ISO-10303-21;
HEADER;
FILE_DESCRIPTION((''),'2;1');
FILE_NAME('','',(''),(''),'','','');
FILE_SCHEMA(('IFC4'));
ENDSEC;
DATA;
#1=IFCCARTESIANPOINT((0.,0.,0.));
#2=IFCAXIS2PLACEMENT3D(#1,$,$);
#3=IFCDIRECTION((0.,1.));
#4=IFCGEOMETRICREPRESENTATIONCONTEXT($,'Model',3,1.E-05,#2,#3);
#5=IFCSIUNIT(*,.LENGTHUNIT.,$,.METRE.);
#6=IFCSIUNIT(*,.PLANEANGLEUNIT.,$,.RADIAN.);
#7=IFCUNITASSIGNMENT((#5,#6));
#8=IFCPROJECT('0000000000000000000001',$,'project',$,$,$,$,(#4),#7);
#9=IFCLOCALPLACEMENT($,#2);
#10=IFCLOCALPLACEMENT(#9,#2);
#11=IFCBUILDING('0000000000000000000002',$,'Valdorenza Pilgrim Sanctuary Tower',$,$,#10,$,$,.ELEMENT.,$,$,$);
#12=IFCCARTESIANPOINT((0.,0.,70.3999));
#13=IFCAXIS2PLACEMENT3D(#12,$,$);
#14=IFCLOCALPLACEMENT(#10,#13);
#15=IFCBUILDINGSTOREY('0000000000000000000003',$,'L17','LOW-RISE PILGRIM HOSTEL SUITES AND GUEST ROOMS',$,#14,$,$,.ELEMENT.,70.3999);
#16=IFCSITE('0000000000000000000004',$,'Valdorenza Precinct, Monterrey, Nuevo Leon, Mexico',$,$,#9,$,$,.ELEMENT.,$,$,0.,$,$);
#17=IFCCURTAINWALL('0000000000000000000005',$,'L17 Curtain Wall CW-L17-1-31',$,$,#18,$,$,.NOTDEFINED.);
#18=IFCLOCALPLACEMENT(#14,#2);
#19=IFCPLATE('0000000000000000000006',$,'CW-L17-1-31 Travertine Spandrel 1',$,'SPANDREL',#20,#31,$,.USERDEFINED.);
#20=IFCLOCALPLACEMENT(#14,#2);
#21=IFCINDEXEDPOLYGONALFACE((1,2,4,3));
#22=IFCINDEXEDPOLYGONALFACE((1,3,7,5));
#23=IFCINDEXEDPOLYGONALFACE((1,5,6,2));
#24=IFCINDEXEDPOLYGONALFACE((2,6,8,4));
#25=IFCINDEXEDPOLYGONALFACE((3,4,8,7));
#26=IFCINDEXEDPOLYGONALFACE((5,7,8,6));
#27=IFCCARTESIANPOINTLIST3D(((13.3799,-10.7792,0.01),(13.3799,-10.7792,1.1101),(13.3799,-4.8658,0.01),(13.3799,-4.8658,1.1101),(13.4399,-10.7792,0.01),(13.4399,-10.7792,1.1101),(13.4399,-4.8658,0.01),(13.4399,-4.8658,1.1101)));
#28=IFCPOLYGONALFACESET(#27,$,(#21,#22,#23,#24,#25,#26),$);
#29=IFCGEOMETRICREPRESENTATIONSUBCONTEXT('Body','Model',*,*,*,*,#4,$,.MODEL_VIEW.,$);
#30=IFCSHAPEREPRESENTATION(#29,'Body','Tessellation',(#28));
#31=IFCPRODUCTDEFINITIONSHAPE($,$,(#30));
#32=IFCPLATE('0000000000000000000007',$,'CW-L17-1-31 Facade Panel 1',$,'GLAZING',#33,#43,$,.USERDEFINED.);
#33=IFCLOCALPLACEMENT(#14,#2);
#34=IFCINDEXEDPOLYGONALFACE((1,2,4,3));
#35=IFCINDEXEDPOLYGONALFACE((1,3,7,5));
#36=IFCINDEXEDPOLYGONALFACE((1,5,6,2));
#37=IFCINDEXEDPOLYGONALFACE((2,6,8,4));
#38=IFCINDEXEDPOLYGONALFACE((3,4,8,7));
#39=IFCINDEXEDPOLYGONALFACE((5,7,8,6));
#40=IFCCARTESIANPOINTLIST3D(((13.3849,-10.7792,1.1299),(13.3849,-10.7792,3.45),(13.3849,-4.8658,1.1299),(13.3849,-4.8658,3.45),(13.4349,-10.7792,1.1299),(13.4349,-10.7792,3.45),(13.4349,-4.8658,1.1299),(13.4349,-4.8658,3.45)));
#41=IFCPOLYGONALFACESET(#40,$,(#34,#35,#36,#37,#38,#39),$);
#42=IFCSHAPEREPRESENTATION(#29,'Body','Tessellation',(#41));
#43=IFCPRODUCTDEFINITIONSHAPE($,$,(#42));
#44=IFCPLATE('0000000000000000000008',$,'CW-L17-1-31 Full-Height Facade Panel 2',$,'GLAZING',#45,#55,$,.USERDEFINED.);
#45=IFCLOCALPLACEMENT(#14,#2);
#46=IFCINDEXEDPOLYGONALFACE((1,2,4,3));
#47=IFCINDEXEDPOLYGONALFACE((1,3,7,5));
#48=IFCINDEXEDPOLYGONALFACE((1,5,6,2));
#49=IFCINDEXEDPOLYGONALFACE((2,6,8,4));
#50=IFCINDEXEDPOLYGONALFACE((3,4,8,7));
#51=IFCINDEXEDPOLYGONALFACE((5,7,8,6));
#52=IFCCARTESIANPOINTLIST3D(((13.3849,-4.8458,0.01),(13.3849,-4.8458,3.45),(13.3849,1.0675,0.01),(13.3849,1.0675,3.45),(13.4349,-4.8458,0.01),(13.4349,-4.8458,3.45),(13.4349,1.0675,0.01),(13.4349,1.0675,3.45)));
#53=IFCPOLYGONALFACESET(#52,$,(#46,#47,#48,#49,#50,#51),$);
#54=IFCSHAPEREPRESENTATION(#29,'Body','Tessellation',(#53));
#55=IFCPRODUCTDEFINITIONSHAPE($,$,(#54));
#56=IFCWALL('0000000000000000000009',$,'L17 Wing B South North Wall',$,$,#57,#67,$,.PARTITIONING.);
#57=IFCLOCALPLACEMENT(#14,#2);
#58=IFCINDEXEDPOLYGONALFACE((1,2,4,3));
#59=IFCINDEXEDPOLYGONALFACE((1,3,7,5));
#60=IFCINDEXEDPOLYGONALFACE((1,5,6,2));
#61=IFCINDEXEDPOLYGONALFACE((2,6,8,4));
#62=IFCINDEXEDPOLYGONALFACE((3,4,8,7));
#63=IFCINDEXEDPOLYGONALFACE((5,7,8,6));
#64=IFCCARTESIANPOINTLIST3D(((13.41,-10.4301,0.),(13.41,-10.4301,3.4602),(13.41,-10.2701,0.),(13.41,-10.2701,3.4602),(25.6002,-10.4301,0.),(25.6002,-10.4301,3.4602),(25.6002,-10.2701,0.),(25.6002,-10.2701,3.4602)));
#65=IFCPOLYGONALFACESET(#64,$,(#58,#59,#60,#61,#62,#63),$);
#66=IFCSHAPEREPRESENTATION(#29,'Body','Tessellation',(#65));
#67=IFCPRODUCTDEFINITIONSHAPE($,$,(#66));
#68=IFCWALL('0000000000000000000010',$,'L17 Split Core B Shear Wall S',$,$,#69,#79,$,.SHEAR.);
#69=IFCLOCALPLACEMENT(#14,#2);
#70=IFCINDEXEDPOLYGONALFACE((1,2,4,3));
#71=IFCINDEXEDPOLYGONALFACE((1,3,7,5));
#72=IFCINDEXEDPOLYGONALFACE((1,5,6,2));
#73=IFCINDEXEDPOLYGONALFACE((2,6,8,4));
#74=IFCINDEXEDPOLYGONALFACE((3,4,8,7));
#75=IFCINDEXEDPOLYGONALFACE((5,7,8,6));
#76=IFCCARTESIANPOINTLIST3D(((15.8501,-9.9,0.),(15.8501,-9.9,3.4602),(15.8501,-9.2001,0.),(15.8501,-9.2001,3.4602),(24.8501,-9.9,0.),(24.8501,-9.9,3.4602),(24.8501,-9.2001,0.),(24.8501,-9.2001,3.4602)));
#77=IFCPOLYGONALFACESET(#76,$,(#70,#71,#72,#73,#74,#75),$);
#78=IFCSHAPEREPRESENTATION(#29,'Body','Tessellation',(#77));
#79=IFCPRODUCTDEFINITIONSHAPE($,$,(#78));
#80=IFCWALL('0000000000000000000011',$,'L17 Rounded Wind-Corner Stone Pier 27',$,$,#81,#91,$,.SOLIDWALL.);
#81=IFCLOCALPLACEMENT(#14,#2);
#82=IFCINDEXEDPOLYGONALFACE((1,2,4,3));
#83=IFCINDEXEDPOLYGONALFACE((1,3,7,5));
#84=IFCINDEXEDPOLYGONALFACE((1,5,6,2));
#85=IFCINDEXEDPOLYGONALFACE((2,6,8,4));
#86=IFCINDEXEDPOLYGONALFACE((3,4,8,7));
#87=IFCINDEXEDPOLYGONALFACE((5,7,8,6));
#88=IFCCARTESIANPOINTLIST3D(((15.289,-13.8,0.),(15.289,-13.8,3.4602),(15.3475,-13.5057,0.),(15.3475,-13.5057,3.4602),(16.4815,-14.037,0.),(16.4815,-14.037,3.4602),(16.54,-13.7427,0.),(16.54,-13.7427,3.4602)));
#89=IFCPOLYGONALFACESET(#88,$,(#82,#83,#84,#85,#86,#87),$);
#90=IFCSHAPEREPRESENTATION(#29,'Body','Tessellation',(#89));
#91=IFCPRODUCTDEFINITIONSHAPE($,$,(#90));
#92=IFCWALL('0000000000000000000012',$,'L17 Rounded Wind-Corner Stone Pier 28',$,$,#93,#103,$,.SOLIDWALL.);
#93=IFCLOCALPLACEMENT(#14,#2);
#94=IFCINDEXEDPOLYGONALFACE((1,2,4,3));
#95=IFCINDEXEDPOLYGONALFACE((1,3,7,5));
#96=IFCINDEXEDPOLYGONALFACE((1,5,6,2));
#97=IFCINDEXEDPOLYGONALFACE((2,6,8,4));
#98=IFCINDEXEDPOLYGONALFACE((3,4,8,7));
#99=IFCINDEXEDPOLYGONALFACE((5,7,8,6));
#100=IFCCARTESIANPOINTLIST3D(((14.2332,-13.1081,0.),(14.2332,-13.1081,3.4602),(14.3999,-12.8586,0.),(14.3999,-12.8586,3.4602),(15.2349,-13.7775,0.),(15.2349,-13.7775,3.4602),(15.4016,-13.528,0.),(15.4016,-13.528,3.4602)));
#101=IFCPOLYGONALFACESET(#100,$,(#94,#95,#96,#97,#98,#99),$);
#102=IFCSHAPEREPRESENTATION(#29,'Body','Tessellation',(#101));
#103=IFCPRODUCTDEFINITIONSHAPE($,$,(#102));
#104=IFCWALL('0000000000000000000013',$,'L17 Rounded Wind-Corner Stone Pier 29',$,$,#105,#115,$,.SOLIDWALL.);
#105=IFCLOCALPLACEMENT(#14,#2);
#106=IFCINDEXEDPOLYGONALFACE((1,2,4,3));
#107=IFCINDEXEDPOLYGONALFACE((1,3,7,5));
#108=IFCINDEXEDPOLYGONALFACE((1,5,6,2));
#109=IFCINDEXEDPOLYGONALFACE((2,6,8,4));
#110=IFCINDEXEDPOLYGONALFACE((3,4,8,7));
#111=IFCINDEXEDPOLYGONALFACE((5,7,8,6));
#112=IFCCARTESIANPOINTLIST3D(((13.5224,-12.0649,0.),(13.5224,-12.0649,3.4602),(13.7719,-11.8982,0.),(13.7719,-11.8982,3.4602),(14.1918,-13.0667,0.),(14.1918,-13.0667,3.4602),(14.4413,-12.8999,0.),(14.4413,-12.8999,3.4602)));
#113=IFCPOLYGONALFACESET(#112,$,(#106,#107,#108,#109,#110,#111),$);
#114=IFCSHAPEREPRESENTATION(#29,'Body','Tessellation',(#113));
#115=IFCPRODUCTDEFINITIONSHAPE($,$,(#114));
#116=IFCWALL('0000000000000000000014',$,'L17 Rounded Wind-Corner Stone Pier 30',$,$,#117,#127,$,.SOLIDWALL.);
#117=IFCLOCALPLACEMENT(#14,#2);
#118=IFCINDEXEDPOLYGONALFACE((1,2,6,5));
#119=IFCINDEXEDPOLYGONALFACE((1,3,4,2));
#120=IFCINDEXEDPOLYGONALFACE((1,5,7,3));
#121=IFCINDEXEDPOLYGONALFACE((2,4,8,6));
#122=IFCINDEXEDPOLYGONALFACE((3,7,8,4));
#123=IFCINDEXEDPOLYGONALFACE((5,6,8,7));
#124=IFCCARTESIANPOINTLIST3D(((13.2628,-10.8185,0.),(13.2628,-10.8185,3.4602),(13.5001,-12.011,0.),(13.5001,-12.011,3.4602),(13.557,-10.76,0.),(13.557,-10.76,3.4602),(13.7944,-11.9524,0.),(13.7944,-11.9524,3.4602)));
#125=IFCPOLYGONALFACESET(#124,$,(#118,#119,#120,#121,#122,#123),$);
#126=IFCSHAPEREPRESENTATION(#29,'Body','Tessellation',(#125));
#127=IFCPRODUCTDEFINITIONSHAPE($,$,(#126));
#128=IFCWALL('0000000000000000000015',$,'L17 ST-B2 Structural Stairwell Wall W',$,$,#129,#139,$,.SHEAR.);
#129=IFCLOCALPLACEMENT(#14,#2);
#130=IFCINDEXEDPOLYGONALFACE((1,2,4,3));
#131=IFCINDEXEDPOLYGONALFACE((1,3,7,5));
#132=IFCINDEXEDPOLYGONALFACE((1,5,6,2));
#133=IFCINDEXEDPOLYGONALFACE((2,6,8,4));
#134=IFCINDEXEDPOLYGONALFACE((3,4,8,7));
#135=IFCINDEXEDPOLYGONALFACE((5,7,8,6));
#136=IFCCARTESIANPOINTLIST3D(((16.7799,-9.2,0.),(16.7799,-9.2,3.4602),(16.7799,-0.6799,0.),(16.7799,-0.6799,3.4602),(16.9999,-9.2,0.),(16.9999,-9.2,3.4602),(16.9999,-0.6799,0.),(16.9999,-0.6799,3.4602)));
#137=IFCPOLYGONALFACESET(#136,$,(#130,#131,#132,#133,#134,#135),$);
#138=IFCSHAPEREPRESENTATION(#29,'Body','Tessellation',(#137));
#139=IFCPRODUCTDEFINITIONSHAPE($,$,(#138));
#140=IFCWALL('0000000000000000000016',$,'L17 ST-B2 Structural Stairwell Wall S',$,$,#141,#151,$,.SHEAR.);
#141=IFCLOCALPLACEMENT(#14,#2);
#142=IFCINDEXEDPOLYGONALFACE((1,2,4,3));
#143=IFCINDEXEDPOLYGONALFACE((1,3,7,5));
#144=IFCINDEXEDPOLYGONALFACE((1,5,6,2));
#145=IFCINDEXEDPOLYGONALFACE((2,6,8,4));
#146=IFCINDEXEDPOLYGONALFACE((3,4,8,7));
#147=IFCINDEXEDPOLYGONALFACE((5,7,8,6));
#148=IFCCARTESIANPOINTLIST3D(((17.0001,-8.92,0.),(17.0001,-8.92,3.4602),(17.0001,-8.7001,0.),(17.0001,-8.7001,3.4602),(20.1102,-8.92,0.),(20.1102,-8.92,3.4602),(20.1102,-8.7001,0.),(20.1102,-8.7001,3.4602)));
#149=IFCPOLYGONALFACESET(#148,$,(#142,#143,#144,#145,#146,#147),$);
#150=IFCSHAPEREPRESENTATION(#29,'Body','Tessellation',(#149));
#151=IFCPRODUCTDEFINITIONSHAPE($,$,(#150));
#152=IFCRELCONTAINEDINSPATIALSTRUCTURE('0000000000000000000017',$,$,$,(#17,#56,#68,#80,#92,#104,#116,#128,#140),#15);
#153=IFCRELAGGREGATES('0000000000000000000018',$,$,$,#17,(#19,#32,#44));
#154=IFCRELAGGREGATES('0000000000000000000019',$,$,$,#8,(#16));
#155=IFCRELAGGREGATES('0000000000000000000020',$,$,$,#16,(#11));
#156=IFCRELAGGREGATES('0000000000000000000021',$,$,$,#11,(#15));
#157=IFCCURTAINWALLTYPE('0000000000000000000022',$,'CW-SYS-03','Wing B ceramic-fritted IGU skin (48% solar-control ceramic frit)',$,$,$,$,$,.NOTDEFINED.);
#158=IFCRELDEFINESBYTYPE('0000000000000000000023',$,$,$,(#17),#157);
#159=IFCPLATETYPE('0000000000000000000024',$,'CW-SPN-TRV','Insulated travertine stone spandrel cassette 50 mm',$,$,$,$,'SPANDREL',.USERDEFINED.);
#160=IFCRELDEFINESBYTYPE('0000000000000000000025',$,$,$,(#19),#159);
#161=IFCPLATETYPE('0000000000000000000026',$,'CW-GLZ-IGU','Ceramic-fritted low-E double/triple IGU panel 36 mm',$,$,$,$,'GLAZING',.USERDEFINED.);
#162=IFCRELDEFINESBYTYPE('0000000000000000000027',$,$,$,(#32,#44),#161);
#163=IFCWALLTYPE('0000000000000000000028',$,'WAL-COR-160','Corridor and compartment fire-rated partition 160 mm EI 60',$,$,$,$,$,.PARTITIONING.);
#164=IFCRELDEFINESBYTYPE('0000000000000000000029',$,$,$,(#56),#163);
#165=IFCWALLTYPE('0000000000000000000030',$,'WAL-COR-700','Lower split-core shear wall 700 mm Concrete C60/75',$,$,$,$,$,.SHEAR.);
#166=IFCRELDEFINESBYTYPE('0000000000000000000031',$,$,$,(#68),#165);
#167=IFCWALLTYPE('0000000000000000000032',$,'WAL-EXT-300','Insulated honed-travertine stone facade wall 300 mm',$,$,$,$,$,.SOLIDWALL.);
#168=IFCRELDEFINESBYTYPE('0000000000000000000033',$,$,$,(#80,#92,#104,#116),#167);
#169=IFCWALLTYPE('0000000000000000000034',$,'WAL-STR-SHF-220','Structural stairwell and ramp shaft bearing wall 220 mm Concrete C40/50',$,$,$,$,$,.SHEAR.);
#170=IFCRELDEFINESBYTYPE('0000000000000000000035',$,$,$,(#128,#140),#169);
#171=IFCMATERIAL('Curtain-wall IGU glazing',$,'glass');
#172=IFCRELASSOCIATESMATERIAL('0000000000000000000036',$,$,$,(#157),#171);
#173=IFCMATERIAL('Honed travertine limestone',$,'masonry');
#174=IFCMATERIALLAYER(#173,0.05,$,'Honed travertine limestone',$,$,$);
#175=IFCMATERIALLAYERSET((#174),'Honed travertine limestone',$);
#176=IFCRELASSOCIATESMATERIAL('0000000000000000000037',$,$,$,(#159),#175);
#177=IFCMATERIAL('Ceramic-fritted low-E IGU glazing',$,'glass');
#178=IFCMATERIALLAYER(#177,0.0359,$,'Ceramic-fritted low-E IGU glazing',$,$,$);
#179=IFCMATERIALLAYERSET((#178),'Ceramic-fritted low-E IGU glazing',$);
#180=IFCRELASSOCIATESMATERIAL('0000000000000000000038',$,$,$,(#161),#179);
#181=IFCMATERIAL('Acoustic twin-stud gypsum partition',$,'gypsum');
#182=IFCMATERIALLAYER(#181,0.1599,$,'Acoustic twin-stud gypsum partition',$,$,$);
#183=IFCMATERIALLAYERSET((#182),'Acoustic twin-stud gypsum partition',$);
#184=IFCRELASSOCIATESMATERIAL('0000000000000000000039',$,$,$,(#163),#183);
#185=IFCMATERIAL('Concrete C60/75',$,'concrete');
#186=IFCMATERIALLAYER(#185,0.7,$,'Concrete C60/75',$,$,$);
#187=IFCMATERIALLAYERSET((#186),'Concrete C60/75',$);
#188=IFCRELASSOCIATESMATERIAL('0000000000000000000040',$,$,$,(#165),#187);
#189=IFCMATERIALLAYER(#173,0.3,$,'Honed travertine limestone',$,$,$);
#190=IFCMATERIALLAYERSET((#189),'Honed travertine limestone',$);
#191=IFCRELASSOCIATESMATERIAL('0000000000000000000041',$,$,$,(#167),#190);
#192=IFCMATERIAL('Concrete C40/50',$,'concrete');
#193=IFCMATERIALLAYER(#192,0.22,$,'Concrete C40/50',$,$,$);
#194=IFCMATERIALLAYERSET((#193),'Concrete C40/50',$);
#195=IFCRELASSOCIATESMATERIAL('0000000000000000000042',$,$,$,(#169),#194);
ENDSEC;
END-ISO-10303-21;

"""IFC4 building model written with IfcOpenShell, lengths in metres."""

from ifc_helpers import new_model, si_unit, direction, frame, frame_2d, origin, origin_2d, place, context, subcontext, project, spatial, rectangle, extrude, source, transform, mapped, material, layer, layer_set, type_object, element, aggregate, save


model = new_model("IFC4")

# Units and contexts
model_context = context("Model", 3, precision=1e-05, world=origin(), true_north=direction((0.0, 1.0)))
body_context = subcontext(model_context, "Body", "Model", "MODEL_VIEW")
ifc_project = project(units=[si_unit("LENGTHUNIT", "METRE"), si_unit("PLANEANGLEUNIT", "RADIAN")], contexts=[model_context])

# Site, building, storey
site_placement = place(None, origin())
site = spatial("IfcSite", under=ifc_project, at=site_placement, Name="Valdorenza Precinct, Monterrey, Nuevo Leon, Mexico", CompositionType="ELEMENT", RefElevation=0.0)
building_placement = place(site_placement, origin())
building = spatial("IfcBuilding", under=site, at=building_placement, Name="Valdorenza Pilgrim Sanctuary Tower", CompositionType="ELEMENT")
storey_placement = place(building_placement, frame((0.0, 0.0, 70.3999)))
storey = spatial("IfcBuildingStorey", under=building, at=storey_placement, Name="L17", Description="LOW-RISE PILGRIM HOSTEL SUITES AND GUEST ROOMS", CompositionType="ELEMENT", Elevation=70.3999)

# Shared definitions
ifc_material_1 = material(Name="Concrete C60/75", Category="concrete")

# Curtain wall
ifc_material_2 = material(Name="Curtain-wall IGU glazing", Category="glass")
curtain_wall_type = type_object("IfcCurtainWallType", Name="CW-SYS-03", Description="Wing B ceramic-fritted IGU skin (48% solar-control ceramic frit)", PredefinedType="NOTDEFINED", material=ifc_material_2)
curtain_wall_1_placement = place(storey_placement, origin())
curtain_wall_1 = element("IfcCurtainWall", 1, at=curtain_wall_1_placement, inside=storey, type_object=curtain_wall_type, Name="L17 Curtain Wall CW-L17-1-31", PredefinedType="NOTDEFINED")

# Plates
ifc_material_3 = material(Name="Honed travertine limestone", Category="masonry")
ifc_layer_1 = layer(ifc_material_3, 0.05, Name="Honed travertine limestone")
ifc_layer_set_1 = layer_set([ifc_layer_1], Name="Honed travertine limestone")
plate_type_1 = type_object("IfcPlateType", Name="CW-SPN-TRV", Description="Insulated travertine stone spandrel cassette 50 mm", ElementType="SPANDREL", PredefinedType="USERDEFINED", material=ifc_layer_set_1)
shared_shape_1 = source(origin(), body_context, "Body", "SweptSolid", [
    extrude(rectangle(XDim=5.9133, YDim=0.0601, at=origin_2d()), origin(), (0.0, 0.0, 1.0), 1.1001),
])
plate_1_placement = place(storey_placement, frame((13.4099, -7.8225, 0.01), z_axis=(0.0, 0.0, 1.0), x_axis=(0.0, 1.0, 0.0)))
plate_1 = element("IfcPlate", 2, at=plate_1_placement, type_object=plate_type_1, Name="CW-L17-1-31 Travertine Spandrel 1", ObjectType="SPANDREL", PredefinedType="USERDEFINED", context=body_context, shape_type="MappedRepresentation", body=[
    mapped(shared_shape_1, transform((0.0, 0.0, 0.0), x_axis=(1.0, 0.0, 0.0), y_axis=(0.0, 1.0, 0.0), z_axis=(0.0, 0.0, 1.0), scale=1.0)),
])
ifc_material_4 = material(Name="Ceramic-fritted low-E IGU glazing", Category="glass")
ifc_layer_2 = layer(ifc_material_4, 0.0359, Name="Ceramic-fritted low-E IGU glazing")
ifc_layer_set_2 = layer_set([ifc_layer_2], Name="Ceramic-fritted low-E IGU glazing")
plate_type_2 = type_object("IfcPlateType", Name="CW-GLZ-IGU", Description="Ceramic-fritted low-E double/triple IGU panel 36 mm", ElementType="GLAZING", PredefinedType="USERDEFINED", material=ifc_layer_set_2)
shared_shape_2 = source(origin(), body_context, "Body", "SweptSolid", [
    extrude(rectangle(XDim=5.9133, YDim=0.05, at=origin_2d()), origin(), (0.0, 0.0, 1.0), 2.3201),
])
plate_2_placement = place(storey_placement, frame((13.4099, -7.8225, 1.1299), z_axis=(0.0, 0.0, 1.0), x_axis=(0.0, 1.0, 0.0)))
plate_2 = element("IfcPlate", 3, at=plate_2_placement, type_object=plate_type_2, Name="CW-L17-1-31 Facade Panel 1", ObjectType="GLAZING", PredefinedType="USERDEFINED", context=body_context, shape_type="MappedRepresentation", body=[
    mapped(shared_shape_2, transform((0.0, 0.0, 0.0), x_axis=(1.0, 0.0, 0.0), y_axis=(0.0, 1.0, 0.0), z_axis=(0.0, 0.0, 1.0), scale=1.0)),
])
shared_shape_3 = source(origin(), body_context, "Body", "SweptSolid", [
    extrude(rectangle(XDim=5.9133, YDim=0.05, at=origin_2d()), origin(), (0.0, 0.0, 1.0), 3.4399),
])
plate_3_placement = place(storey_placement, frame((13.4099, -1.8892, 0.01), z_axis=(0.0, 0.0, 1.0), x_axis=(0.0, 1.0, 0.0)))
plate_3 = element("IfcPlate", 4, at=plate_3_placement, type_object=plate_type_2, Name="CW-L17-1-31 Full-Height Facade Panel 2", ObjectType="GLAZING", PredefinedType="USERDEFINED", context=body_context, shape_type="MappedRepresentation", body=[
    mapped(shared_shape_3, transform((0.0, 0.0, 0.0), x_axis=(1.0, 0.0, 0.0), y_axis=(0.0, 1.0, 0.0), z_axis=(0.0, 0.0, 1.0), scale=1.0)),
])
aggregate(curtain_wall_1, [plate_1, plate_2, plate_3])

# Walls
ifc_material_5 = material(Name="Acoustic twin-stud gypsum partition", Category="gypsum")
ifc_layer_3 = layer(ifc_material_5, 0.1599, Name="Acoustic twin-stud gypsum partition")
ifc_layer_set_3 = layer_set([ifc_layer_3], Name="Acoustic twin-stud gypsum partition")
wall_type_1 = type_object("IfcWallType", Name="WAL-COR-160", Description="Corridor and compartment fire-rated partition 160 mm EI 60", PredefinedType="PARTITIONING", material=ifc_layer_set_3)
wall_1_placement = place(storey_placement, frame((13.4099, -10.3501, 0.0), z_axis=(0.0, 0.0, 1.0), x_axis=(1.0, 0.0, 0.0)))
element("IfcWall", 5, at=wall_1_placement, inside=storey, type_object=wall_type_1, Name="L17 Wing B South North Wall", PredefinedType="PARTITIONING", context=body_context, shape_type="SweptSolid", body=[
    extrude(rectangle(XDim=12.1902, YDim=0.1599, at=frame_2d((6.0952, 0.0))), origin(), (0.0, 0.0, 1.0), 3.4602),
])
ifc_layer_4 = layer(ifc_material_1, 0.7, Name="Concrete C60/75")
ifc_layer_set_4 = layer_set([ifc_layer_4], Name="Concrete C60/75")
wall_type_2 = type_object("IfcWallType", Name="WAL-COR-700", Description="Lower split-core shear wall 700 mm Concrete C60/75", PredefinedType="SHEAR", material=ifc_layer_set_4)
wall_2_placement = place(storey_placement, frame((15.8501, -9.55, 0.0), z_axis=(0.0, 0.0, 1.0), x_axis=(1.0, 0.0, 0.0)))
element("IfcWall", 6, at=wall_2_placement, inside=storey, type_object=wall_type_2, Name="L17 Split Core B Shear Wall S", PredefinedType="SHEAR", context=body_context, shape_type="SweptSolid", body=[
    extrude(rectangle(XDim=9.0, YDim=0.7, at=frame_2d((4.5, 0.0))), origin(), (0.0, 0.0, 1.0), 3.4602),
])
ifc_layer_5 = layer(ifc_material_3, 0.3, Name="Honed travertine limestone")
ifc_layer_set_5 = layer_set([ifc_layer_5], Name="Honed travertine limestone")
wall_type_3 = type_object("IfcWallType", Name="WAL-EXT-300", Description="Insulated honed-travertine stone facade wall 300 mm", PredefinedType="SOLIDWALL", material=ifc_layer_set_5)
wall_3_placement = place(storey_placement, frame((16.5107, -13.8899, 0.0), z_axis=(0.0, 0.0, 1.0), x_axis=(-0.980804, 0.194996, 0.0)))
element("IfcWall", 7, at=wall_3_placement, inside=storey, type_object=wall_type_3, Name="L17 Rounded Wind-Corner Stone Pier 27", PredefinedType="SOLIDWALL", context=body_context, shape_type="SweptSolid", body=[
    extrude(rectangle(XDim=1.2158, YDim=0.3, at=frame_2d((0.6079, 0.0))), origin(), (0.0, 0.0, 1.0), 3.4602),
])
for number, where, z_axis, x_axis, name in (
    (8, (15.3184, -13.6528, 0.0), (0.0, 0.0, 1.0), (-0.831426, 0.555635, 0.0), "L17 Rounded Wind-Corner Stone Pier 28"),
    (9, (14.3167, -12.9834, 0.0), (0.0, 0.0, 1.0), (-0.555635, 0.831426, 0.0), "L17 Rounded Wind-Corner Stone Pier 29"),
):
    element("IfcWall", number, at=place(storey_placement, frame(where, z_axis=z_axis, x_axis=x_axis)), inside=storey, type_object=wall_type_3, Name=name, PredefinedType="SOLIDWALL", context=body_context, shape_type="SweptSolid", body=[
        extrude(rectangle(XDim=1.2048, YDim=0.3, at=frame_2d((0.6025, 0.0))), origin(), (0.0, 0.0, 1.0), 3.4602),
    ])
wall_4_placement = place(storey_placement, frame((13.6472, -11.9817, 0.0), z_axis=(0.0, 0.0, 1.0), x_axis=(-0.195189, 0.980766, 0.0)))
element("IfcWall", 10, at=wall_4_placement, inside=storey, type_object=wall_type_3, Name="L17 Rounded Wind-Corner Stone Pier 30", PredefinedType="SOLIDWALL", context=body_context, shape_type="SweptSolid", body=[
    extrude(rectangle(XDim=1.2158, YDim=0.3, at=frame_2d((0.6079, 0.0))), origin(), (0.0, 0.0, 1.0), 3.4602),
])
ifc_material_6 = material(Name="Concrete C40/50", Category="concrete")
ifc_layer_6 = layer(ifc_material_6, 0.22, Name="Concrete C40/50")
ifc_layer_set_6 = layer_set([ifc_layer_6], Name="Concrete C40/50")
wall_type_4 = type_object("IfcWallType", Name="WAL-STR-SHF-220", Description="Structural stairwell and ramp shaft bearing wall 220 mm Concrete C40/50", PredefinedType="SHEAR", material=ifc_layer_set_6)
wall_5_placement = place(storey_placement, frame((16.8899, -9.2, 0.0), z_axis=(0.0, 0.0, 1.0), x_axis=(0.0, 1.0, 0.0)))
element("IfcWall", 11, at=wall_5_placement, inside=storey, type_object=wall_type_4, Name="L17 ST-B2 Structural Stairwell Wall W", PredefinedType="SHEAR", context=body_context, shape_type="SweptSolid", body=[
    extrude(rectangle(XDim=8.52, YDim=0.22, at=frame_2d((4.26, 0.0))), origin(), (0.0, 0.0, 1.0), 3.4602),
])
wall_6_placement = place(storey_placement, frame((17.0, -8.8101, 0.0), z_axis=(0.0, 0.0, 1.0), x_axis=(1.0, 0.0, 0.0)))
element("IfcWall", 12, at=wall_6_placement, inside=storey, type_object=wall_type_4, Name="L17 ST-B2 Structural Stairwell Wall S", PredefinedType="SHEAR", context=body_context, shape_type="SweptSolid", body=[
    extrude(rectangle(XDim=3.1101, YDim=0.22, at=frame_2d((1.5552, 0.0))), origin(), (0.0, 0.0, 1.0), 3.4602),
])

save(model, "model.ifc")
